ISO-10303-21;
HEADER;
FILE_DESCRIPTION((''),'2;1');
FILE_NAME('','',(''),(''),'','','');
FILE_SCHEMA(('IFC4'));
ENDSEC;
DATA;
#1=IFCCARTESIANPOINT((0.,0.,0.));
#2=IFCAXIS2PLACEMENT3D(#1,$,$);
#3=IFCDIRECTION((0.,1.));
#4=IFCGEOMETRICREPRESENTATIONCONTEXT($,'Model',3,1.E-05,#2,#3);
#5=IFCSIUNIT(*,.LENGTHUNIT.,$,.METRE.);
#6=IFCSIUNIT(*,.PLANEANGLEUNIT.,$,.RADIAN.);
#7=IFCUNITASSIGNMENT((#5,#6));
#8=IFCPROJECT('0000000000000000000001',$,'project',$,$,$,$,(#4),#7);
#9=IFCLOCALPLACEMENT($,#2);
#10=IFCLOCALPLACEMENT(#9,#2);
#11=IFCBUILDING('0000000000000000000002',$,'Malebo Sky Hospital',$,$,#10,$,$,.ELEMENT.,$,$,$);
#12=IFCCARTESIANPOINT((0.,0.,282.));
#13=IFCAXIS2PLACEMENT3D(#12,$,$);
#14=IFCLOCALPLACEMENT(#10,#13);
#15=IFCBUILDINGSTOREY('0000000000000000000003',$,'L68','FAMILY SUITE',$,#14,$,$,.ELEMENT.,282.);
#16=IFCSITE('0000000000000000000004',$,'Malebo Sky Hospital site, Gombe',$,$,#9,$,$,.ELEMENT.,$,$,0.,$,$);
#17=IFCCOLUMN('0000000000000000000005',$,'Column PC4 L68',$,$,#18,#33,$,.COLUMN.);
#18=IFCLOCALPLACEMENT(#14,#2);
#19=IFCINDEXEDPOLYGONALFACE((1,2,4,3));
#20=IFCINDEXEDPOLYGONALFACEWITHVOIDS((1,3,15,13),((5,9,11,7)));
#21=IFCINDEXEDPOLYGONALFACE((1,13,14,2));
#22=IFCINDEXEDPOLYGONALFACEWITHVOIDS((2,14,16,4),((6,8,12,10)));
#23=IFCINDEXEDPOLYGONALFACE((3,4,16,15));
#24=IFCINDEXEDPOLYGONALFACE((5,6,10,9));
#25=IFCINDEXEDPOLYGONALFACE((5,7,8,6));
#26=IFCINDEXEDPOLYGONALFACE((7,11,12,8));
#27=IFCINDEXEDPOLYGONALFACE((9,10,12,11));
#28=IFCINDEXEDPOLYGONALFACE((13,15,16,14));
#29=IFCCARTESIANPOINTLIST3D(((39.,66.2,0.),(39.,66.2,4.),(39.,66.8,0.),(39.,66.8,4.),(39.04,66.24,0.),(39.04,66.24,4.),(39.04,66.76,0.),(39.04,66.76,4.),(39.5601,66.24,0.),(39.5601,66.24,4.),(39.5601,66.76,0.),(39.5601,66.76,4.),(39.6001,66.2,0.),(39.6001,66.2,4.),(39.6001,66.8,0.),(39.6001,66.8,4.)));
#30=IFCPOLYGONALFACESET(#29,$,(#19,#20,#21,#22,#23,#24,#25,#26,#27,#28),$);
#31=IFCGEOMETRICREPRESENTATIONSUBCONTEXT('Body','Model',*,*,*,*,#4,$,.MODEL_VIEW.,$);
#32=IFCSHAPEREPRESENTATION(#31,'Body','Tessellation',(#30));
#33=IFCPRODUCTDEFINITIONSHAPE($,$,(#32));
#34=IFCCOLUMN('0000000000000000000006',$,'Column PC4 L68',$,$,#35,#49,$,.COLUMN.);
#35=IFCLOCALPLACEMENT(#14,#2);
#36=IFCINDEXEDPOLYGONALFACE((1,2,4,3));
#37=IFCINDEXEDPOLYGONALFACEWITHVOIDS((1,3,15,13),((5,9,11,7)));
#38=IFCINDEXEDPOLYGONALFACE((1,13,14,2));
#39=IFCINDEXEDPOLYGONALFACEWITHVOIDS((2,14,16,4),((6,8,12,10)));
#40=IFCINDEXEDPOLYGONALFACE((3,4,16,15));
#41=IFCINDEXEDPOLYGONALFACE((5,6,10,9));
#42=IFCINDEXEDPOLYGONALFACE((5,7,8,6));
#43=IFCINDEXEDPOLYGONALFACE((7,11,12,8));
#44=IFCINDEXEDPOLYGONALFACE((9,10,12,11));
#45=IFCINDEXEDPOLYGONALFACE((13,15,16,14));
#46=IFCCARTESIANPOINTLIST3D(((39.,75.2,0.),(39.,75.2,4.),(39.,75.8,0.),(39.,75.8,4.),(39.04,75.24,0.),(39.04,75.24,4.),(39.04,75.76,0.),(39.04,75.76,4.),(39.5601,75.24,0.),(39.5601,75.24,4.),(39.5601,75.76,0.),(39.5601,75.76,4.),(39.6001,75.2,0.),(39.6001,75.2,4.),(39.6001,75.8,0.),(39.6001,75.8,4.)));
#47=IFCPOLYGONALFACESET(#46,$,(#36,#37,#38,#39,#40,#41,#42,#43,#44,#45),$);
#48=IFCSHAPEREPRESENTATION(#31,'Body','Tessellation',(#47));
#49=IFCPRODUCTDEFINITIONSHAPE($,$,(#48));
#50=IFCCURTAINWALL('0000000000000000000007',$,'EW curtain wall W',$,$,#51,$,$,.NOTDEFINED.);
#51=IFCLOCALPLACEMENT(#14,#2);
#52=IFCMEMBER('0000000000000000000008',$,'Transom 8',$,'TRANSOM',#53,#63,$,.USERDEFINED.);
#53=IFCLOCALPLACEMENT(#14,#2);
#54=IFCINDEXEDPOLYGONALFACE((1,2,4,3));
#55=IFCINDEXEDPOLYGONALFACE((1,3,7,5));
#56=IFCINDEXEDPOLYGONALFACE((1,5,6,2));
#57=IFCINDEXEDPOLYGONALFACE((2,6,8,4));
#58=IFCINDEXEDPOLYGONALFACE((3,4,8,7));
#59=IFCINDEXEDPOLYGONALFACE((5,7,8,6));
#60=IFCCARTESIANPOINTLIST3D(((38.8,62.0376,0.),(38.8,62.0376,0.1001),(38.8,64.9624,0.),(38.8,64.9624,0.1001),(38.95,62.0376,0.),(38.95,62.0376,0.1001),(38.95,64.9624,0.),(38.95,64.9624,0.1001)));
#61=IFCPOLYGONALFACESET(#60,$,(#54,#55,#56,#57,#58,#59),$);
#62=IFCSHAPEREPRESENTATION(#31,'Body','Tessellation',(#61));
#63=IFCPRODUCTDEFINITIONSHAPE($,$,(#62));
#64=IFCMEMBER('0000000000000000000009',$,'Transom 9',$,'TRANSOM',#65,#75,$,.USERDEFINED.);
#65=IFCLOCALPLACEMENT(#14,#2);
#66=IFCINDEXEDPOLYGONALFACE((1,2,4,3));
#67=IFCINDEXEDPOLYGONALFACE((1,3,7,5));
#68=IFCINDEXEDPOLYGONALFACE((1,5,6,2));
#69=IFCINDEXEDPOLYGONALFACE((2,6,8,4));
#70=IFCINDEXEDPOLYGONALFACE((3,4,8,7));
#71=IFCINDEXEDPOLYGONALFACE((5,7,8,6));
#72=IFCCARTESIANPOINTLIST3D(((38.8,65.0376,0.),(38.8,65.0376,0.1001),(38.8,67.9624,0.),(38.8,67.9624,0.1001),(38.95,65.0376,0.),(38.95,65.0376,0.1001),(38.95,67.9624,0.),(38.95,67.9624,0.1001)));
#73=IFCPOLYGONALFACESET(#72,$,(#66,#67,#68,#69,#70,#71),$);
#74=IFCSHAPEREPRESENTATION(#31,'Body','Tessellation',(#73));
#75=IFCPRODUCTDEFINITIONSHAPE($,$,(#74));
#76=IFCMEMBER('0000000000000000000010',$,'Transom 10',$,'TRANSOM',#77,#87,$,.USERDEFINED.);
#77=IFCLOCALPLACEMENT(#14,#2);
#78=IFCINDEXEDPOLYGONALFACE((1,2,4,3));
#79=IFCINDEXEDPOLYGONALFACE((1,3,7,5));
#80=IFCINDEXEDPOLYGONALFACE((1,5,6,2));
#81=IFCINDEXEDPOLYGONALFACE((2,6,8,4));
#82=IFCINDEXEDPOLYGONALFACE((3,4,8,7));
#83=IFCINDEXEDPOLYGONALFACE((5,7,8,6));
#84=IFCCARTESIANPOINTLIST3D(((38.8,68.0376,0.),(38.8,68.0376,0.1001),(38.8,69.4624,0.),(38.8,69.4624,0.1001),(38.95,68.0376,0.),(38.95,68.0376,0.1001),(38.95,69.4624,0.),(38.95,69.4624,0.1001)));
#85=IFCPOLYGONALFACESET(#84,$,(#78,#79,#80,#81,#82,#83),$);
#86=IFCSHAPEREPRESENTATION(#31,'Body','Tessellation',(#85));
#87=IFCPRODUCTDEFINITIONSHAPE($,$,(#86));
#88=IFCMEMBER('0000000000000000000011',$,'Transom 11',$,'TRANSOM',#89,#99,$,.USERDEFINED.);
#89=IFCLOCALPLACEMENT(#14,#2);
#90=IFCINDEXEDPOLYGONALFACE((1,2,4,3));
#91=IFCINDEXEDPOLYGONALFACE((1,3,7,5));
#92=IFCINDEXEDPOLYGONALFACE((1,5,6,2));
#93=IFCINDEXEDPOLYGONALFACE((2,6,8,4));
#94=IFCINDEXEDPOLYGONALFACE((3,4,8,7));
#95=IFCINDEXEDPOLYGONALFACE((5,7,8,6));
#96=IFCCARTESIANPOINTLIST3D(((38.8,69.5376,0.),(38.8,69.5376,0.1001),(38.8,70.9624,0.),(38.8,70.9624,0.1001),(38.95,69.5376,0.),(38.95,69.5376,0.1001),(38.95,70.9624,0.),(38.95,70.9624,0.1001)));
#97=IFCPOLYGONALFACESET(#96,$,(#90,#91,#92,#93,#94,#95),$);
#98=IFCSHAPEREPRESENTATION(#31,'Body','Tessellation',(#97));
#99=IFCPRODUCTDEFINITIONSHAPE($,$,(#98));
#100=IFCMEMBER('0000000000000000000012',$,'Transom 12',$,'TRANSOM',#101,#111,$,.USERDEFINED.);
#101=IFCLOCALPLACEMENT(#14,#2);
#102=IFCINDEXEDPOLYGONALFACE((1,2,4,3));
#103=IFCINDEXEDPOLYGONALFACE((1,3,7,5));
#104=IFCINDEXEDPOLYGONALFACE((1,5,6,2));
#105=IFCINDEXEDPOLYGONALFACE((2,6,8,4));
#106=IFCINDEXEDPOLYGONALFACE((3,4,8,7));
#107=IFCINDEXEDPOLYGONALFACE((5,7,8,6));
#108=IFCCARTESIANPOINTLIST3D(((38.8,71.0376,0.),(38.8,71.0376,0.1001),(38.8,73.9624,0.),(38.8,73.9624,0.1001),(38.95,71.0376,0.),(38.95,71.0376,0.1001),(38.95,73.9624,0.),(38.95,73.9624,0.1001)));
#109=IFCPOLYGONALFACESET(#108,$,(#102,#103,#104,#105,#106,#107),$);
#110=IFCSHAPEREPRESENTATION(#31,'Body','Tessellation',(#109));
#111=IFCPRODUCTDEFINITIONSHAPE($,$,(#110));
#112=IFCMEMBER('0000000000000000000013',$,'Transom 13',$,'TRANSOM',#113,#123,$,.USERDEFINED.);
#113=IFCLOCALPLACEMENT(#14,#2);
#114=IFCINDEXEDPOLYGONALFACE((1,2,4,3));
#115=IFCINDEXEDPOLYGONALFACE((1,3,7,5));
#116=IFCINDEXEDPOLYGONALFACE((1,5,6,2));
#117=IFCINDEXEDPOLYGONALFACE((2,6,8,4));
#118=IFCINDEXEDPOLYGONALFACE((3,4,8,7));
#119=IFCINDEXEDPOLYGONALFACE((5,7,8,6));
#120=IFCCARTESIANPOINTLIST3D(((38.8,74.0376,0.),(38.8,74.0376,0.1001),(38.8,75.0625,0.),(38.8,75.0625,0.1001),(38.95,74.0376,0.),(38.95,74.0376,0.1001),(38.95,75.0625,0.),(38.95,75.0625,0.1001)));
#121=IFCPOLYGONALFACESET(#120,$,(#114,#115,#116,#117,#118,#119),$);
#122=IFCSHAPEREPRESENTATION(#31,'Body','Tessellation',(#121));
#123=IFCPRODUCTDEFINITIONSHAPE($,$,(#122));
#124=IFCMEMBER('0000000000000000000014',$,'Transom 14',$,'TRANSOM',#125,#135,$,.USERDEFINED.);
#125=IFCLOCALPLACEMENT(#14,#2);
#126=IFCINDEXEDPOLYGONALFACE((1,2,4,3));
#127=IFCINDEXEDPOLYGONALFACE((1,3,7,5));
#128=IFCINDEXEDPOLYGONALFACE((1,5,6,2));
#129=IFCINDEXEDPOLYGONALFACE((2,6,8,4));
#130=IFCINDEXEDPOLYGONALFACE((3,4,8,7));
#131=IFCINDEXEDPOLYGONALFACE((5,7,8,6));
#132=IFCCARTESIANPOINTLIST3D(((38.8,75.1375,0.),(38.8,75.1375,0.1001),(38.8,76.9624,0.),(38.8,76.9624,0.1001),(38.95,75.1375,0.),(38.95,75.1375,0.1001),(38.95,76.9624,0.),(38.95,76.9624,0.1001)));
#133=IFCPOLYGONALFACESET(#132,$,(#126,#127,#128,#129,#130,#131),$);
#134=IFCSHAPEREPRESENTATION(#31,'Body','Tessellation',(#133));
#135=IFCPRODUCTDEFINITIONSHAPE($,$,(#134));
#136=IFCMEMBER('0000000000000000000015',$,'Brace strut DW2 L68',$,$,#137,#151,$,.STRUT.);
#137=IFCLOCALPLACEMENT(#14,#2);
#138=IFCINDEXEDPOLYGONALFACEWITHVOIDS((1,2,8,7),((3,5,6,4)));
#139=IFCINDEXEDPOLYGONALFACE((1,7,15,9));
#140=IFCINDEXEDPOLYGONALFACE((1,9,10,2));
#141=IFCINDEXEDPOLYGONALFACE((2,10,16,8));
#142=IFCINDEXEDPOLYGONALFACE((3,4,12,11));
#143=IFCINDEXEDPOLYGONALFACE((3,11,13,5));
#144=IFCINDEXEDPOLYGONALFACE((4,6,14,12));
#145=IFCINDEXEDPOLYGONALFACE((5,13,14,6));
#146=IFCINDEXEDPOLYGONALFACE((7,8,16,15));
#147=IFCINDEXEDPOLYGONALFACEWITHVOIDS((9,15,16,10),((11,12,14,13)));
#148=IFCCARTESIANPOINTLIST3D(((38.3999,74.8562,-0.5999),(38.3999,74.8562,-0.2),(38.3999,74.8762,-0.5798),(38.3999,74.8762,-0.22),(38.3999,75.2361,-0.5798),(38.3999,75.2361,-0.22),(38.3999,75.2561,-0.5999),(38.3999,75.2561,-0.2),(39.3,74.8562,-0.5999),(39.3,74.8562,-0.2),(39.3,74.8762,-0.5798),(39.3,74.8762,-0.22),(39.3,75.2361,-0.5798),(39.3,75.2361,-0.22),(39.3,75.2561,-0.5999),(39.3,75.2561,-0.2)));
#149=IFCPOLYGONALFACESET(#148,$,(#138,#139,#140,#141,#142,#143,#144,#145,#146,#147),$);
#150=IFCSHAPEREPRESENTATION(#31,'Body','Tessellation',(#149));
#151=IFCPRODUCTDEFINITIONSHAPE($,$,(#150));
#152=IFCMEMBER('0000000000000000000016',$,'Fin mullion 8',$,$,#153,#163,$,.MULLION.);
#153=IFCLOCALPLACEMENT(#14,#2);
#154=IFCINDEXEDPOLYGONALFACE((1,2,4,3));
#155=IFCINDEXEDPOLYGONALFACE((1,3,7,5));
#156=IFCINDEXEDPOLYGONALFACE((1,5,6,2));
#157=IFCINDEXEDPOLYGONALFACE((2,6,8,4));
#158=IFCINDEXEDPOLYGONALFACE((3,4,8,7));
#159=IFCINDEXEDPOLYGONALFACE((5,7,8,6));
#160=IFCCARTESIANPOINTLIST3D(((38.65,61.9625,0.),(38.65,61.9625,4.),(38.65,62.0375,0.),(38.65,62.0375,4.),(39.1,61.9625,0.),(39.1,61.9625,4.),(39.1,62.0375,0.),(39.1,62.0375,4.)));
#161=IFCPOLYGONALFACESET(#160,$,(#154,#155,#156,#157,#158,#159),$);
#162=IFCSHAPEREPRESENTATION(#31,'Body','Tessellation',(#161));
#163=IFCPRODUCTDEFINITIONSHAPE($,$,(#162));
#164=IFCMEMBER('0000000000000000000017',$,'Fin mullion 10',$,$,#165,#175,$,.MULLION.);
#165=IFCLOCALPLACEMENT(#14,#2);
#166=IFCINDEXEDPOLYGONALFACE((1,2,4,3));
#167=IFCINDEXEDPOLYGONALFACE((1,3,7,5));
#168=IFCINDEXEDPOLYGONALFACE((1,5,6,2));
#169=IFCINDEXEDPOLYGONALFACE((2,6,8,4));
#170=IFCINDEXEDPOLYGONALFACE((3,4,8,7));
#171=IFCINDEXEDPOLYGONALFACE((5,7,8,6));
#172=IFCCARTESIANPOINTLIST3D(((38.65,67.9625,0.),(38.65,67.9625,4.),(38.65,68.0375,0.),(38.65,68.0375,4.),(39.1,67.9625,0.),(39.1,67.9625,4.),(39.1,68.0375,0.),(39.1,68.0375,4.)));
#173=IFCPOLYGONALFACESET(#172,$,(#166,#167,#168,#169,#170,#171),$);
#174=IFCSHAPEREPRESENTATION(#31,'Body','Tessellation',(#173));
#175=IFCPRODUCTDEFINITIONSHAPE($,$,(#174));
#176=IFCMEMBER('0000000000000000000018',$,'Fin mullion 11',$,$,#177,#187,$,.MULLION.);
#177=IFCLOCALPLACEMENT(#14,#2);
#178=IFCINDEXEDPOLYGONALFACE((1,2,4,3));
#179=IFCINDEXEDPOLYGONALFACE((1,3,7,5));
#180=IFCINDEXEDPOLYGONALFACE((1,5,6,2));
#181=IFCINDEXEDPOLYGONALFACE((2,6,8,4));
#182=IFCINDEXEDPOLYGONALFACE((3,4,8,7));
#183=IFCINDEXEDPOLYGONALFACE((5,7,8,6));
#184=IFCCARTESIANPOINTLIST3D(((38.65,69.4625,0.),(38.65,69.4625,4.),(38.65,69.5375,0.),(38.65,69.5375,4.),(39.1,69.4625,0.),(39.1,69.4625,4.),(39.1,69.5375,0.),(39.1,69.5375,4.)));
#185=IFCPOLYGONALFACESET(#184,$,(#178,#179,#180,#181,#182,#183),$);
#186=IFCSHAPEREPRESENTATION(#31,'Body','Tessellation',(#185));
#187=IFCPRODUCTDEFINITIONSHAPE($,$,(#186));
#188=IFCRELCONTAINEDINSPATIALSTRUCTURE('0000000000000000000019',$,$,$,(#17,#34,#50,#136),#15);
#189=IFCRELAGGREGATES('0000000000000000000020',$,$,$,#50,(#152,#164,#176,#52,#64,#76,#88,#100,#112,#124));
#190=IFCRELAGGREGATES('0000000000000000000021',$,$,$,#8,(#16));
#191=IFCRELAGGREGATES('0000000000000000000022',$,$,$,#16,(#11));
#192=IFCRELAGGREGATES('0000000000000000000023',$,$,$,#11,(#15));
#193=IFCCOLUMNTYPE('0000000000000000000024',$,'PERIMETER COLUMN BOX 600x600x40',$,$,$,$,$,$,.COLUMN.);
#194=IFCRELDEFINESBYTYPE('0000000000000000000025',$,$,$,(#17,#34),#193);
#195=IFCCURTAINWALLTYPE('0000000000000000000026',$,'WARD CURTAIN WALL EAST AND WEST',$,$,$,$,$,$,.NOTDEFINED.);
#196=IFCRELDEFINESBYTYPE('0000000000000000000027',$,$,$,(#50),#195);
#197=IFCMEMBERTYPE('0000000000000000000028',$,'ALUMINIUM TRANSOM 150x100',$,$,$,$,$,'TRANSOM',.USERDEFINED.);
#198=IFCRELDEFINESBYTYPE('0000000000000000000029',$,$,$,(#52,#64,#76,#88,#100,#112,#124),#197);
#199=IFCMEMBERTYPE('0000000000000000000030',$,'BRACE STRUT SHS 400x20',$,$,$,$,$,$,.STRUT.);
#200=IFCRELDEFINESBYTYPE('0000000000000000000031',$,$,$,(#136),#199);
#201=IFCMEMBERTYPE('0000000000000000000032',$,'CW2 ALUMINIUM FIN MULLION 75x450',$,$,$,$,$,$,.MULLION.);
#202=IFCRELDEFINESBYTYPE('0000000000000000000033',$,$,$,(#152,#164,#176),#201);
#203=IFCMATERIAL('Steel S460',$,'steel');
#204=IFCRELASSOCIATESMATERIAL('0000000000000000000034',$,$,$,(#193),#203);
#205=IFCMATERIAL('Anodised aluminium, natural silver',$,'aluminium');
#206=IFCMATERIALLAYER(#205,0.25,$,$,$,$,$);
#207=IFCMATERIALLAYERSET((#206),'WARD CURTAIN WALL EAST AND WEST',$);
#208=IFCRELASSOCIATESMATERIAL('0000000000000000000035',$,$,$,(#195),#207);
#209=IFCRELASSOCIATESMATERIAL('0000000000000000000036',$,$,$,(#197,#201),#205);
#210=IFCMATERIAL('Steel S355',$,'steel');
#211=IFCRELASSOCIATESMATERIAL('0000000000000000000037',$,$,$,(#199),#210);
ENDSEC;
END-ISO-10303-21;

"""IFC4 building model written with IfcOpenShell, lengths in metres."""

from ifc_helpers import new_model, si_unit, direction, frame, origin, origin_2d, place, context, subcontext, project, spatial, rectangle, hollow_rectangle, extrude, material, layer, layer_set, material_profile, profile_set, type_object, element, aggregate, save


model = new_model("IFC4")

# Units and contexts
model_context = context("Model", 3, precision=1e-05, world=origin(), true_north=direction((0.0, 1.0)))
body_context = subcontext(model_context, "Body", "Model", "MODEL_VIEW")
ifc_project = project(units=[si_unit("LENGTHUNIT", "METRE"), si_unit("PLANEANGLEUNIT", "RADIAN")], contexts=[model_context])

# Site, building, storey
site_placement = place(None, origin())
site = spatial("IfcSite", under=ifc_project, at=site_placement, Name="Malebo Sky Hospital site, Gombe", CompositionType="ELEMENT", RefElevation=0.0)
building_placement = place(site_placement, origin())
building = spatial("IfcBuilding", under=site, at=building_placement, Name="Malebo Sky Hospital", CompositionType="ELEMENT")
storey_placement = place(building_placement, frame((0.0, 0.0, 282.0)))
storey = spatial("IfcBuildingStorey", under=building, at=storey_placement, Name="L68", Description="FAMILY SUITE", CompositionType="ELEMENT", Elevation=282.0)

# Columns
ifc_material_1 = material(Name="Steel S460", Category="steel")
ifc_material_profile_1 = material_profile(ifc_material_1, hollow_rectangle(XDim=0.6001, YDim=0.6001, WallThickness=0.04, at=origin_2d()), Name="BOX 600x600x40")
ifc_profile_set_1 = profile_set([ifc_material_profile_1], Name="Steel S460")
column_type = type_object("IfcColumnType", Name="PERIMETER COLUMN BOX 600x600x40", PredefinedType="COLUMN", material=ifc_profile_set_1)
for number, where, z_axis, x_axis, name in (
    (1, (39.3, 66.5, 0.0), (0.0, 0.0, 1.0), (1.0, 0.0, 0.0), "Column PC4 L68"),
    (2, (39.3, 75.5, 0.0), (0.0, 0.0, 1.0), (1.0, 0.0, 0.0), "Column PC4 L68"),
):
    element("IfcColumn", number, at=place(storey_placement, frame(where, z_axis=z_axis, x_axis=x_axis)), inside=storey, type_object=column_type, Name=name, PredefinedType="COLUMN", context=body_context, shape_type="SweptSolid", body=[
        extrude(hollow_rectangle(XDim=0.6001, YDim=0.6001, WallThickness=0.04, at=origin_2d()), origin(), (0.0, 0.0, 1.0), 4.0),
    ])

# Curtain wall, members
ifc_material_2 = material(Name="Anodised aluminium, natural silver", Category="aluminium")
ifc_layer_1 = layer(ifc_material_2, 0.25)
ifc_layer_set_1 = layer_set([ifc_layer_1], Name="WARD CURTAIN WALL EAST AND WEST")
curtain_wall_type = type_object("IfcCurtainWallType", Name="WARD CURTAIN WALL EAST AND WEST", PredefinedType="NOTDEFINED", material=ifc_layer_set_1)
curtain_wall_placement = place(storey_placement, origin())
curtain_wall = element("IfcCurtainWall", 3, at=curtain_wall_placement, inside=storey, type_object=curtain_wall_type, Name="EW curtain wall W", PredefinedType="NOTDEFINED")
ifc_material_profile_2 = material_profile(ifc_material_2, rectangle(XDim=0.1499, YDim=0.1001, at=origin_2d()), Name="ALUMINIUM TRANSOM 150x100")
ifc_profile_set_2 = profile_set([ifc_material_profile_2], Name="Anodised aluminium, natural silver")
member_type_1 = type_object("IfcMemberType", Name="ALUMINIUM TRANSOM 150x100", ElementType="TRANSOM", PredefinedType="USERDEFINED", material=ifc_profile_set_2)
member_1_placement = place(storey_placement, frame((38.875, 62.0376, 0.05), z_axis=(0.0, 1.0, 0.0), x_axis=(-1.0, 0.0, 0.0)))
member_1 = element("IfcMember", 4, at=member_1_placement, type_object=member_type_1, Name="Transom 8", ObjectType="TRANSOM", PredefinedType="USERDEFINED", context=body_context, shape_type="SweptSolid", body=[
    extrude(rectangle(XDim=0.1499, YDim=0.1001, at=origin_2d()), origin(), (0.0, 0.0, 1.0), 2.9248),
])
member_2_placement = place(storey_placement, frame((38.875, 65.0376, 0.05), z_axis=(0.0, 1.0, 0.0), x_axis=(-1.0, 0.0, 0.0)))
member_2 = element("IfcMember", 5, at=member_2_placement, type_object=member_type_1, Name="Transom 9", ObjectType="TRANSOM", PredefinedType="USERDEFINED", context=body_context, shape_type="SweptSolid", body=[
    extrude(rectangle(XDim=0.1499, YDim=0.1001, at=origin_2d()), origin(), (0.0, 0.0, 1.0), 2.9248),
])
member_3_placement = place(storey_placement, frame((38.875, 68.0376, 0.05), z_axis=(0.0, 1.0, 0.0), x_axis=(-1.0, 0.0, 0.0)))
member_3 = element("IfcMember", 6, at=member_3_placement, type_object=member_type_1, Name="Transom 10", ObjectType="TRANSOM", PredefinedType="USERDEFINED", context=body_context, shape_type="SweptSolid", body=[
    extrude(rectangle(XDim=0.1499, YDim=0.1001, at=origin_2d()), origin(), (0.0, 0.0, 1.0), 1.4248),
])
member_4_placement = place(storey_placement, frame((38.875, 69.5376, 0.05), z_axis=(0.0, 1.0, 0.0), x_axis=(-1.0, 0.0, 0.0)))
member_4 = element("IfcMember", 7, at=member_4_placement, type_object=member_type_1, Name="Transom 11", ObjectType="TRANSOM", PredefinedType="USERDEFINED", context=body_context, shape_type="SweptSolid", body=[
    extrude(rectangle(XDim=0.1499, YDim=0.1001, at=origin_2d()), origin(), (0.0, 0.0, 1.0), 1.4248),
])
member_5_placement = place(storey_placement, frame((38.875, 71.0376, 0.05), z_axis=(0.0, 1.0, 0.0), x_axis=(-1.0, 0.0, 0.0)))
member_5 = element("IfcMember", 8, at=member_5_placement, type_object=member_type_1, Name="Transom 12", ObjectType="TRANSOM", PredefinedType="USERDEFINED", context=body_context, shape_type="SweptSolid", body=[
    extrude(rectangle(XDim=0.1499, YDim=0.1001, at=origin_2d()), origin(), (0.0, 0.0, 1.0), 2.9248),
])
member_6_placement = place(storey_placement, frame((38.875, 74.0376, 0.05), z_axis=(0.0, 1.0, 0.0), x_axis=(-1.0, 0.0, 0.0)))
member_6 = element("IfcMember", 9, at=member_6_placement, type_object=member_type_1, Name="Transom 13", ObjectType="TRANSOM", PredefinedType="USERDEFINED", context=body_context, shape_type="SweptSolid", body=[
    extrude(rectangle(XDim=0.1499, YDim=0.1001, at=origin_2d()), origin(), (0.0, 0.0, 1.0), 1.0249),
])
member_7_placement = place(storey_placement, frame((38.875, 75.1375, 0.05), z_axis=(0.0, 1.0, 0.0), x_axis=(-1.0, 0.0, 0.0)))
member_7 = element("IfcMember", 10, at=member_7_placement, type_object=member_type_1, Name="Transom 14", ObjectType="TRANSOM", PredefinedType="USERDEFINED", context=body_context, shape_type="SweptSolid", body=[
    extrude(rectangle(XDim=0.1499, YDim=0.1001, at=origin_2d()), origin(), (0.0, 0.0, 1.0), 1.825),
])

# Members
ifc_material_3 = material(Name="Steel S355", Category="steel")
ifc_material_profile_3 = material_profile(ifc_material_3, hollow_rectangle(XDim=0.3999, YDim=0.3999, WallThickness=0.02, at=origin_2d()), Name="SHS 400x20")
ifc_profile_set_3 = profile_set([ifc_material_profile_3], Name="Steel S355")
member_type_2 = type_object("IfcMemberType", Name="BRACE STRUT SHS 400x20", PredefinedType="STRUT", material=ifc_profile_set_3)
member_8_placement = place(storey_placement, frame((38.3999, 75.0562, -0.3999), z_axis=(1.0, 0.0, 0.0), x_axis=(0.0, 1.0, 0.0)))
element("IfcMember", 11, at=member_8_placement, inside=storey, type_object=member_type_2, Name="Brace strut DW2 L68", PredefinedType="STRUT", context=body_context, shape_type="SweptSolid", body=[
    extrude(hollow_rectangle(XDim=0.3999, YDim=0.3999, WallThickness=0.02, at=origin_2d()), origin(), (0.0, 0.0, 1.0), 0.9001),
])
ifc_material_profile_4 = material_profile(ifc_material_2, rectangle(XDim=0.075, YDim=0.45, at=origin_2d()), Name="CW2 ALUMINIUM FIN MULLION 75x450")
ifc_profile_set_4 = profile_set([ifc_material_profile_4], Name="Anodised aluminium, natural silver")
member_type_3 = type_object("IfcMemberType", Name="CW2 ALUMINIUM FIN MULLION 75x450", PredefinedType="MULLION", material=ifc_profile_set_4)
member_9_placement = place(storey_placement, frame((38.875, 62.0, 0.0), z_axis=(0.0, 0.0, 1.0), x_axis=(0.0, 1.0, 0.0)))
member_9 = element("IfcMember", 12, at=member_9_placement, type_object=member_type_3, Name="Fin mullion 8", PredefinedType="MULLION", context=body_context, shape_type="SweptSolid", body=[
    extrude(rectangle(XDim=0.075, YDim=0.45, at=origin_2d()), origin(), (0.0, 0.0, 1.0), 4.0),
])
member_10_placement = place(storey_placement, frame((38.875, 68.0, 0.0), z_axis=(0.0, 0.0, 1.0), x_axis=(0.0, 1.0, 0.0)))
member_10 = element("IfcMember", 13, at=member_10_placement, type_object=member_type_3, Name="Fin mullion 10", PredefinedType="MULLION", context=body_context, shape_type="SweptSolid", body=[
    extrude(rectangle(XDim=0.075, YDim=0.45, at=origin_2d()), origin(), (0.0, 0.0, 1.0), 4.0),
])
member_11_placement = place(storey_placement, frame((38.875, 69.5, 0.0), z_axis=(0.0, 0.0, 1.0), x_axis=(0.0, 1.0, 0.0)))
member_11 = element("IfcMember", 14, at=member_11_placement, type_object=member_type_3, Name="Fin mullion 11", PredefinedType="MULLION", context=body_context, shape_type="SweptSolid", body=[
    extrude(rectangle(XDim=0.075, YDim=0.45, at=origin_2d()), origin(), (0.0, 0.0, 1.0), 4.0),
])

aggregate(curtain_wall, [member_9, member_10, member_11, member_1, member_2, member_3, member_4, member_5, member_6, member_7])

save(model, "model.ifc")
